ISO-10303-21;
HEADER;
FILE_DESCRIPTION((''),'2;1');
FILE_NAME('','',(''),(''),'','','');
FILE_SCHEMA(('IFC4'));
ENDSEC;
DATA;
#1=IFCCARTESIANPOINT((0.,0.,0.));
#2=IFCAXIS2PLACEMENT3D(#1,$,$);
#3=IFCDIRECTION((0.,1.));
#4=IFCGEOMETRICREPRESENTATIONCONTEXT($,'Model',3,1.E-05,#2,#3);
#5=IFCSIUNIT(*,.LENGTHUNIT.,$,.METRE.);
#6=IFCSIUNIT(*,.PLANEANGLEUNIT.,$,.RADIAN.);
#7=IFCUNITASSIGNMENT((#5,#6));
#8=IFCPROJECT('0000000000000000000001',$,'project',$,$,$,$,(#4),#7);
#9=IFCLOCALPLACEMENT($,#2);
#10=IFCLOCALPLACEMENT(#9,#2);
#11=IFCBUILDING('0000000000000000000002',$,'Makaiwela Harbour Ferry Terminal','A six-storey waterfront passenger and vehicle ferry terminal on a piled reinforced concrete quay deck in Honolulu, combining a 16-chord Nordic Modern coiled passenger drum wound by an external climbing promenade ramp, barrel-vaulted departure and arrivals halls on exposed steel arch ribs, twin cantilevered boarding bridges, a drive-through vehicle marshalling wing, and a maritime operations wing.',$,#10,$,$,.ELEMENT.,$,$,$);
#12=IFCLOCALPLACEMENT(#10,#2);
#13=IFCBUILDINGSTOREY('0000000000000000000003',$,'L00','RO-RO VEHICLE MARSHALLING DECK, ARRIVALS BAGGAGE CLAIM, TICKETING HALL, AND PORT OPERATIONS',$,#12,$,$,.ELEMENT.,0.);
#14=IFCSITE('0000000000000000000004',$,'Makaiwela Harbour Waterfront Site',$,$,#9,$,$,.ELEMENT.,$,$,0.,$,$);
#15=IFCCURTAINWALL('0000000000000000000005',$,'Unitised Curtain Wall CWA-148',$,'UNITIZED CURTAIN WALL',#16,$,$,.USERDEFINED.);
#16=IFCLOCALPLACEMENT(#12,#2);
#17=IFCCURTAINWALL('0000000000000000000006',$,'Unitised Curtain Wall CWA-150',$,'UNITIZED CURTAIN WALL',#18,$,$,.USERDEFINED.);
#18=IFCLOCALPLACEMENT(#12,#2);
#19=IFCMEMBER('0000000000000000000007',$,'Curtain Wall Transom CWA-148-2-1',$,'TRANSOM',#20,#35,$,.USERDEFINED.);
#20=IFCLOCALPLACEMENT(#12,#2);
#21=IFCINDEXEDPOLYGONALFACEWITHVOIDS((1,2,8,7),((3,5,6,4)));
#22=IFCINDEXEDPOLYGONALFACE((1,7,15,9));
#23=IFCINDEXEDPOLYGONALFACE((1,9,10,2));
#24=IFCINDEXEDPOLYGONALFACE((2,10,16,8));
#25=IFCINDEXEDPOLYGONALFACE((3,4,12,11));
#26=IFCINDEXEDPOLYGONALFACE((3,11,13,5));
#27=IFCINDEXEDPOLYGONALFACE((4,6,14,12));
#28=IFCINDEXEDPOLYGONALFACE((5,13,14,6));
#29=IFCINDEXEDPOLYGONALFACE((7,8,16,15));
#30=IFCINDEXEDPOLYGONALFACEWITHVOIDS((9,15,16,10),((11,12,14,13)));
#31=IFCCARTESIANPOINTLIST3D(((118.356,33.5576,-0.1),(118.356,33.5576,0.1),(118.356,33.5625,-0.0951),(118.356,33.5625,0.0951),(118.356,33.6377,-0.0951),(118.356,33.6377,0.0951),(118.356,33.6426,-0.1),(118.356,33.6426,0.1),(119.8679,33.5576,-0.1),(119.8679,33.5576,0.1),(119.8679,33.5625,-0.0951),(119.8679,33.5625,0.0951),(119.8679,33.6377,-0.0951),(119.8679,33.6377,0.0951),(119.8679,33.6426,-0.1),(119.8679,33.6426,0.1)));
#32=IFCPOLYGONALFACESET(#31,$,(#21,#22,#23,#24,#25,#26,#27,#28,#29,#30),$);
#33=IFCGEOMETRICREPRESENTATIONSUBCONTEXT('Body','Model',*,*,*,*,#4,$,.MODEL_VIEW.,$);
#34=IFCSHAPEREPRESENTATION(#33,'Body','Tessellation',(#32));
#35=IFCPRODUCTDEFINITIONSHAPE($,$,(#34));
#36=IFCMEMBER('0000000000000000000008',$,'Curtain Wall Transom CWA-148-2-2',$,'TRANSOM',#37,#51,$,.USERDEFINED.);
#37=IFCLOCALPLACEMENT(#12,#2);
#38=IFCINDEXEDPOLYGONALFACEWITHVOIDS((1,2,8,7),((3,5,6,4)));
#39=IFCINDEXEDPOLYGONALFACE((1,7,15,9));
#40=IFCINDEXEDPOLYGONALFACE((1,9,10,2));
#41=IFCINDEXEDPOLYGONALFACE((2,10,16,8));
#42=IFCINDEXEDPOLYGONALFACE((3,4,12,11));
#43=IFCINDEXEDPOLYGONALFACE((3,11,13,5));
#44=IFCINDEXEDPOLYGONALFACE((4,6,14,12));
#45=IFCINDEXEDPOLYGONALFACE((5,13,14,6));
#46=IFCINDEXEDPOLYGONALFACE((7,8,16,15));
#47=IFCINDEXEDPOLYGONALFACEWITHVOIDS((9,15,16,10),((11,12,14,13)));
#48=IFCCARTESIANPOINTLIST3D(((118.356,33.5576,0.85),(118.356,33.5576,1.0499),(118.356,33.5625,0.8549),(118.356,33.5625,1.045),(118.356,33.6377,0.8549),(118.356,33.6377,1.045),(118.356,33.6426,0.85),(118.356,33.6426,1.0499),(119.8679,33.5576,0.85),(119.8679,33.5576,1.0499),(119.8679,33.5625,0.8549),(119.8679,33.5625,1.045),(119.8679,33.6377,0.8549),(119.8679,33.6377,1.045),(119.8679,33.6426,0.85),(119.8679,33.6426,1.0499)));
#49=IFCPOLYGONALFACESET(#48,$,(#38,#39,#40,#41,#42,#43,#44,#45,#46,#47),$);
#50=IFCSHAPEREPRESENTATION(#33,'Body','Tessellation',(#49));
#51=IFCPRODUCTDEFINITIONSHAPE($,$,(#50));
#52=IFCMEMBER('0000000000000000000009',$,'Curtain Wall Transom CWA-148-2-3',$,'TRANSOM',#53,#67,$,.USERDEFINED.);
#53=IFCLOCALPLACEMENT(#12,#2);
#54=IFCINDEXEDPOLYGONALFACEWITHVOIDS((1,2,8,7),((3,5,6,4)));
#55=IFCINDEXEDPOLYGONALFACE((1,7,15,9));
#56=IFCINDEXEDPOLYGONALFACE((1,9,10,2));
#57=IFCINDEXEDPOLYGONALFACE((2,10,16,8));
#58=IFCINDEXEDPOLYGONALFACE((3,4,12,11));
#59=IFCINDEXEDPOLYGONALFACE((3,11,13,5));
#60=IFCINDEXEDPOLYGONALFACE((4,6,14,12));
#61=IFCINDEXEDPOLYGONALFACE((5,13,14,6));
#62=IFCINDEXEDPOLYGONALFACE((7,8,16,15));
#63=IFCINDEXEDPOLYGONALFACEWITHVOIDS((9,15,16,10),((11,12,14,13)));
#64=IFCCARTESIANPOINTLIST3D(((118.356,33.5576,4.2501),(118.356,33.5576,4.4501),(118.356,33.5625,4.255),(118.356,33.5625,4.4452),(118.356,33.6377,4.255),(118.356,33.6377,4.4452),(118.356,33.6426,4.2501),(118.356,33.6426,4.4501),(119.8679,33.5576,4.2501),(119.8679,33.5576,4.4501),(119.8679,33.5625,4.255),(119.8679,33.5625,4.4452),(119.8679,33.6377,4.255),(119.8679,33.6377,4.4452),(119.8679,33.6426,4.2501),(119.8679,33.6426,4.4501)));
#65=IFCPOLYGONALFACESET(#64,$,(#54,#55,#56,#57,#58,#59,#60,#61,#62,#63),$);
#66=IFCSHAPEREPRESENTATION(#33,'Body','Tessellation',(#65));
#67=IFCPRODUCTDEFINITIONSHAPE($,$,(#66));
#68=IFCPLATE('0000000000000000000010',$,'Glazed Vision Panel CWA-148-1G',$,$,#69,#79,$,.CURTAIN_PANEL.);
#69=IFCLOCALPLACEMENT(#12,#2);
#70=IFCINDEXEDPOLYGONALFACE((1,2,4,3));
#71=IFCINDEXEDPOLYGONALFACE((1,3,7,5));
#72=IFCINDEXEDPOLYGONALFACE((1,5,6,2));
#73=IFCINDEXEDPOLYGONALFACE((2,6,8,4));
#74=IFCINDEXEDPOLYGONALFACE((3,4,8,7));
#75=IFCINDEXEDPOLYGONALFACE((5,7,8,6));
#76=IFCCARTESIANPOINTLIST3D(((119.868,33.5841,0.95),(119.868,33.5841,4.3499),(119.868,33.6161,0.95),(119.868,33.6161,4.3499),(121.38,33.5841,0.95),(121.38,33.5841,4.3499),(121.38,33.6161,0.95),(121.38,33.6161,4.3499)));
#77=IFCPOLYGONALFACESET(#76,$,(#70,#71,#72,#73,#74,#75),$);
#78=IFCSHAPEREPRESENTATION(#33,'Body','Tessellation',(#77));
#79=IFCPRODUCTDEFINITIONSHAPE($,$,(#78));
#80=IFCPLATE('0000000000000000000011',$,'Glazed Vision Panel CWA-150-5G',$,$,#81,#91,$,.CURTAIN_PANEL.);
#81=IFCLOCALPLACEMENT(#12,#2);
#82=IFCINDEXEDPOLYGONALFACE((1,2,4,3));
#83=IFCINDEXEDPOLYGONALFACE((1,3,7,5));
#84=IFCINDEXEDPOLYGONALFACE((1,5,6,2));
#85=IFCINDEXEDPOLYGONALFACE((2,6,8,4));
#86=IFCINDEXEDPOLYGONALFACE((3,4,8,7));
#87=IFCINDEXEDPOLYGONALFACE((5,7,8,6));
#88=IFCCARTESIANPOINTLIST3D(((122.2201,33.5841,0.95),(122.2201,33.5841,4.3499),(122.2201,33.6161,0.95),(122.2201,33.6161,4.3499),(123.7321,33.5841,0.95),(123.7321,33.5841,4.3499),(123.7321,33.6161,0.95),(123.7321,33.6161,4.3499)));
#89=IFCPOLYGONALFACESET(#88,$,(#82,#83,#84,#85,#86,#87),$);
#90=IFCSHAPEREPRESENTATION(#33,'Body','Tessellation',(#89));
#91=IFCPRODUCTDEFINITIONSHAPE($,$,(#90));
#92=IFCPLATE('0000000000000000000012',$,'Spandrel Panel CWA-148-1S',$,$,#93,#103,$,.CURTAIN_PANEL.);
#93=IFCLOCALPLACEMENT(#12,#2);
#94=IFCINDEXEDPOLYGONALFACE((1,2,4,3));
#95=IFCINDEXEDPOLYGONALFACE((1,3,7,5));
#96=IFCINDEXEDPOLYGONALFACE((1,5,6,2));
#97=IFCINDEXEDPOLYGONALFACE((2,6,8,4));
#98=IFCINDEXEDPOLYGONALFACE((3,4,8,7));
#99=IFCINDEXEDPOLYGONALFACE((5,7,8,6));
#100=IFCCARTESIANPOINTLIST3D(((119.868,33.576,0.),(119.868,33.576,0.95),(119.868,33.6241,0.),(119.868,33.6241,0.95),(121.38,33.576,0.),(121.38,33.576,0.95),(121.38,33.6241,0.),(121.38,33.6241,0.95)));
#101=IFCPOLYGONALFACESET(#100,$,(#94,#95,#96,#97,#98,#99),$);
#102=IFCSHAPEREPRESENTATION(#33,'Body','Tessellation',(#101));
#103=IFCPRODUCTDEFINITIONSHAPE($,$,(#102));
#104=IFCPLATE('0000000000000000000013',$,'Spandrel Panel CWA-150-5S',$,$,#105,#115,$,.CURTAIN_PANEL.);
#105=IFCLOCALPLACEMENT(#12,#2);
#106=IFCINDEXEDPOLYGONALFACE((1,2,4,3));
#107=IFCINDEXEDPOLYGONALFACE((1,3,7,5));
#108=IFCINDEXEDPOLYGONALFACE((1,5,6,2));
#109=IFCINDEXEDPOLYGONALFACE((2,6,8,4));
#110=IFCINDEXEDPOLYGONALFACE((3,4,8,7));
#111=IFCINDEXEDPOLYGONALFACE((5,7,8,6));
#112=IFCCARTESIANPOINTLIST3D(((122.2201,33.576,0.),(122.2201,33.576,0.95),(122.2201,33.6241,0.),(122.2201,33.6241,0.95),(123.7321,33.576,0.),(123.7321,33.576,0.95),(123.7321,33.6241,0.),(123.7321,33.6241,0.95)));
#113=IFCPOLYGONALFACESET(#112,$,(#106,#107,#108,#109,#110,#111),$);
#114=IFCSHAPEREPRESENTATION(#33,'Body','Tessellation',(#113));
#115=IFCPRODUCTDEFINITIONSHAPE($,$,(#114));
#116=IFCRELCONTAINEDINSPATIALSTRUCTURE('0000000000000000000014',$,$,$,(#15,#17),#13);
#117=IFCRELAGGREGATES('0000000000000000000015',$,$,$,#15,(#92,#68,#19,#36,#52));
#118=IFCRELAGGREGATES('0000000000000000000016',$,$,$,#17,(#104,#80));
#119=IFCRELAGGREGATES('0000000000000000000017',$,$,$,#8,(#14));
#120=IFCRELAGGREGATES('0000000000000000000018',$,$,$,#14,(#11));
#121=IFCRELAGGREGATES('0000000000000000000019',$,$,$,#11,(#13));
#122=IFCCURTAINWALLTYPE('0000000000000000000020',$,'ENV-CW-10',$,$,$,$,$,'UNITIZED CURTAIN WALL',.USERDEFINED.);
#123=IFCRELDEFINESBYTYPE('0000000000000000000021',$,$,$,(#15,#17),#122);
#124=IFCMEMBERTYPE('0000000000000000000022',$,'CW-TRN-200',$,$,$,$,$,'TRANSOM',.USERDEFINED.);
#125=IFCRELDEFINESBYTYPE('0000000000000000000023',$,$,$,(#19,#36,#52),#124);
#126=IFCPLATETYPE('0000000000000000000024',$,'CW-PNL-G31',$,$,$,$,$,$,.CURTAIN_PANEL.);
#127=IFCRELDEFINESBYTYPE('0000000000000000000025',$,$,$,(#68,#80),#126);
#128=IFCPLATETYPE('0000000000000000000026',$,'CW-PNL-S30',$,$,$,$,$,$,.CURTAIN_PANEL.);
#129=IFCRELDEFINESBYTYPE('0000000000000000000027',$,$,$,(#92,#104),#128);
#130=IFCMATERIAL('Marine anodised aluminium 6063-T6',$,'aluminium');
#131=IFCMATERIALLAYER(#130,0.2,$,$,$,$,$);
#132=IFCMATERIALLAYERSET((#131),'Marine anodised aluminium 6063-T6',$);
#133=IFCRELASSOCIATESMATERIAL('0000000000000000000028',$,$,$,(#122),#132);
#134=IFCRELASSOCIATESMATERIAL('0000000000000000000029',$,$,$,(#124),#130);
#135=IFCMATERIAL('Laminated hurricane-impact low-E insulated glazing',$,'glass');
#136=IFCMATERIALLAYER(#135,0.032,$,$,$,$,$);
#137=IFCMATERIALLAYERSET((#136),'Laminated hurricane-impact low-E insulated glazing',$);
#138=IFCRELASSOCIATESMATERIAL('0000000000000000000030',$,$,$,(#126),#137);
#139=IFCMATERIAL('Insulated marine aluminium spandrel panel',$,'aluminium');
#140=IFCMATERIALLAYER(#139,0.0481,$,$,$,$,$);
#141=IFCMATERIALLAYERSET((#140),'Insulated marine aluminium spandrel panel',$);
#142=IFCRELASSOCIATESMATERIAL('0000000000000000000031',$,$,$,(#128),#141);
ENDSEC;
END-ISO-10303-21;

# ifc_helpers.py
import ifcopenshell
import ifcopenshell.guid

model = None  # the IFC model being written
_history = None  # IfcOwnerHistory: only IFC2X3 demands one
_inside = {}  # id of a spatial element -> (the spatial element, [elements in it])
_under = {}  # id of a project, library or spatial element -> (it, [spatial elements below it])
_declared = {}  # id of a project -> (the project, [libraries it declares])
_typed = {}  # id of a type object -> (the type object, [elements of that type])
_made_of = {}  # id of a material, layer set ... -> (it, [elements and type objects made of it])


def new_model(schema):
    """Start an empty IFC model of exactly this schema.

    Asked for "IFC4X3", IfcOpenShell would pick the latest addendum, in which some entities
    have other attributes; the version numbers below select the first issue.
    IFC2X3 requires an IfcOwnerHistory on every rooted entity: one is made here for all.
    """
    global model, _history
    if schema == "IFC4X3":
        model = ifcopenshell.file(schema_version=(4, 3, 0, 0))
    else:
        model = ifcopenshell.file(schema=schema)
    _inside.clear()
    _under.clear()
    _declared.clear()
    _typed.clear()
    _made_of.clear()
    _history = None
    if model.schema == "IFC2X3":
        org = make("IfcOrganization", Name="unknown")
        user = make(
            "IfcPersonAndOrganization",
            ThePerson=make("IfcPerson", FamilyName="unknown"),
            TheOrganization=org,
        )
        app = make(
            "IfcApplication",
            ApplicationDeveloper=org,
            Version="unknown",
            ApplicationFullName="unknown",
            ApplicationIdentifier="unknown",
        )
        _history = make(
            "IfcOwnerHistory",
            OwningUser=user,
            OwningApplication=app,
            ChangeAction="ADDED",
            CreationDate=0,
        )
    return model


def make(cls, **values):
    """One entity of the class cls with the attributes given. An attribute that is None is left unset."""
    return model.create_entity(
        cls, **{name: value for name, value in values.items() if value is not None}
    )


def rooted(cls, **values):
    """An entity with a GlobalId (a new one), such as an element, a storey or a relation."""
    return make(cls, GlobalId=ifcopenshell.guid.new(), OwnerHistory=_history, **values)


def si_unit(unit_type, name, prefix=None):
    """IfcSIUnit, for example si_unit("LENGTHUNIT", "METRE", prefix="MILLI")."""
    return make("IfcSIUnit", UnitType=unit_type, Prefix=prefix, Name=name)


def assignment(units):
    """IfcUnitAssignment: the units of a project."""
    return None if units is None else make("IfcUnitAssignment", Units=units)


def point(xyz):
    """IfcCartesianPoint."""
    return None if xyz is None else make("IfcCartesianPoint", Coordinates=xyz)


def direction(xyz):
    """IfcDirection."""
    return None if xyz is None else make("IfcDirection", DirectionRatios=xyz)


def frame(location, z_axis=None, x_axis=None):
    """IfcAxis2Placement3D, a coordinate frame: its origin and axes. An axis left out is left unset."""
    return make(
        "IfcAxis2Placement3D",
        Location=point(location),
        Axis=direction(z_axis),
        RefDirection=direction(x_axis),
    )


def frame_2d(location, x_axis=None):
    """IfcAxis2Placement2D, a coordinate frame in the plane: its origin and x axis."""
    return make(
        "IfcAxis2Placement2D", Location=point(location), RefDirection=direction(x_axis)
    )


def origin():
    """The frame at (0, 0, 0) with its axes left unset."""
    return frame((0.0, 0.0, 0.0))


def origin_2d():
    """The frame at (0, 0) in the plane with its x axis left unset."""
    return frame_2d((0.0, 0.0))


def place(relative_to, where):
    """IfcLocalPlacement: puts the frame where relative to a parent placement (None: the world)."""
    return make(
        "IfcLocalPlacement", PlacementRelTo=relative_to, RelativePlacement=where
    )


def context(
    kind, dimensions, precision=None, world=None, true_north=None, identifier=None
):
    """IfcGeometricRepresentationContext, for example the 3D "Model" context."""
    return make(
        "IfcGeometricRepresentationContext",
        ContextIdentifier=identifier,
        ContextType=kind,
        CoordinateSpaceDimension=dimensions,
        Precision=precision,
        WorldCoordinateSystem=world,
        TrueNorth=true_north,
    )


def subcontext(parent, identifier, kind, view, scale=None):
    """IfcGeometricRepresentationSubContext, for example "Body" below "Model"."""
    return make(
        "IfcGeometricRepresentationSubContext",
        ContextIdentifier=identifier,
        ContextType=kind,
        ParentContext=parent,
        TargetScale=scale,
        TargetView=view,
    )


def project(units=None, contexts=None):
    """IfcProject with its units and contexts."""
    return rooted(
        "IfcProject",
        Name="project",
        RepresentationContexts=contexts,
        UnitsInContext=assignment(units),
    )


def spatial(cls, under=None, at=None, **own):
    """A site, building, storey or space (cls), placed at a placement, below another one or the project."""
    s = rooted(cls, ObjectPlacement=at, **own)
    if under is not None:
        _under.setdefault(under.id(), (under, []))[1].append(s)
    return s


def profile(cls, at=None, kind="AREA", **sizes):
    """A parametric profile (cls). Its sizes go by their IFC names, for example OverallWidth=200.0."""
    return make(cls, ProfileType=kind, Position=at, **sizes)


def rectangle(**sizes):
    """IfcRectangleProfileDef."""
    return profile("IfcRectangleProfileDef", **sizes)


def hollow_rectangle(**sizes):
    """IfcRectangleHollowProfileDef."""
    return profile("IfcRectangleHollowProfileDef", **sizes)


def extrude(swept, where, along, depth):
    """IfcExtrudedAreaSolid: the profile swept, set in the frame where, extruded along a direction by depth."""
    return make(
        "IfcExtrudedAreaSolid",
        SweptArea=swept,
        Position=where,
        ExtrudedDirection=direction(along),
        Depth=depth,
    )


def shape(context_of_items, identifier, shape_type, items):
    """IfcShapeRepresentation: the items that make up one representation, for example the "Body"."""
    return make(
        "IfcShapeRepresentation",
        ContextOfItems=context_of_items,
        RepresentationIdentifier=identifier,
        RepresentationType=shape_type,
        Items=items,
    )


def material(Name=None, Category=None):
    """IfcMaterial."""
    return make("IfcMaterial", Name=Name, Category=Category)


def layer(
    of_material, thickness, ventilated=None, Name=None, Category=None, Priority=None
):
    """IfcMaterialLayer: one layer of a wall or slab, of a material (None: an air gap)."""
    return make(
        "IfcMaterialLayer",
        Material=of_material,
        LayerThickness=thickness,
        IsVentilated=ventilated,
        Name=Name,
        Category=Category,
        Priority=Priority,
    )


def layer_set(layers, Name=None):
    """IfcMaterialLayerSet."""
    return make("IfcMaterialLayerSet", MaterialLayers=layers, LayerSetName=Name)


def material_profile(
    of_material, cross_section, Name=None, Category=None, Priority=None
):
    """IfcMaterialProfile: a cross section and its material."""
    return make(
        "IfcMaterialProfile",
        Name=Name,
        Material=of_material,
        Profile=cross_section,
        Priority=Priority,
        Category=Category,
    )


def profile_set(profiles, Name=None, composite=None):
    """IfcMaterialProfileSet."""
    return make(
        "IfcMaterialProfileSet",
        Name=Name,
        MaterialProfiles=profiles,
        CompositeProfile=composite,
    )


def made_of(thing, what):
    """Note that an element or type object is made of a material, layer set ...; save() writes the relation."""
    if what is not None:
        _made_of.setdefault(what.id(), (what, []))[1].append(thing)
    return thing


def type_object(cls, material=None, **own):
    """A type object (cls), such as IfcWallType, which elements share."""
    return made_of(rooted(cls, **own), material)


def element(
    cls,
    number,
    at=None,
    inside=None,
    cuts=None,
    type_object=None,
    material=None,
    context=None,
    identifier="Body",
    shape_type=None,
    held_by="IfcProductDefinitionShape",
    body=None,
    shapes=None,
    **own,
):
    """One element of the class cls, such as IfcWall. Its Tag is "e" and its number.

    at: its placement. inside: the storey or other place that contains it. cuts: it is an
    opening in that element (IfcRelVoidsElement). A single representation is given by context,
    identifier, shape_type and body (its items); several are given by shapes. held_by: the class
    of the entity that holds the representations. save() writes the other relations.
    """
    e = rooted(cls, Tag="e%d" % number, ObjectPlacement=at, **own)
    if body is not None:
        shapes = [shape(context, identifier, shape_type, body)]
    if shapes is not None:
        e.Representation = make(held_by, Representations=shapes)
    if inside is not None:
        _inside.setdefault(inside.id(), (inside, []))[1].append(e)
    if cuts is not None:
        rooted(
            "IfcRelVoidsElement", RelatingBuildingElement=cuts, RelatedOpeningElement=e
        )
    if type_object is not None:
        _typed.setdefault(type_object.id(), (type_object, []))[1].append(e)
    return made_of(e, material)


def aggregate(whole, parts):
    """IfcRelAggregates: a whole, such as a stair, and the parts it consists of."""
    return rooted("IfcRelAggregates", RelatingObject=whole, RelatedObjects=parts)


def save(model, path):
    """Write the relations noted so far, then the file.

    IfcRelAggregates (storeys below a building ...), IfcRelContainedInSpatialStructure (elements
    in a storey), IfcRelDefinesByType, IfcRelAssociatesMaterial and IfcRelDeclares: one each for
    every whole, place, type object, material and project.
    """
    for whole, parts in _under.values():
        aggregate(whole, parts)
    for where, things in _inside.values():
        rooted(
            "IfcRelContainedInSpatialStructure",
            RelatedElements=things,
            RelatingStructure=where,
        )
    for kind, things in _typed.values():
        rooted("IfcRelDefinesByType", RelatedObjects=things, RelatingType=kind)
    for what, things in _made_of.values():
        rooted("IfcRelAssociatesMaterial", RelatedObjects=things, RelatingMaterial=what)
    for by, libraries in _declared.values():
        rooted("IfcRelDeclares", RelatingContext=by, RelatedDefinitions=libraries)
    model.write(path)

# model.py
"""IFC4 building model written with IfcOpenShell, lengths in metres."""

from ifc_helpers import new_model, si_unit, direction, frame, origin, origin_2d, place, context, subcontext, project, spatial, rectangle, hollow_rectangle, extrude, material, layer, layer_set, material_profile, profile_set, type_object, element, aggregate, save


model = new_model("IFC4")

# Units and contexts
model_context = context("Model", 3, precision=1e-05, world=origin(), true_north=direction((0.0, 1.0)))
body_context = subcontext(model_context, "Body", "Model", "MODEL_VIEW")
ifc_project = project(units=[si_unit("LENGTHUNIT", "METRE"), si_unit("PLANEANGLEUNIT", "RADIAN")], contexts=[model_context])

# Site, building, storey
site_placement = place(None, origin())
site = spatial("IfcSite", under=ifc_project, at=site_placement, Name="Makaiwela Harbour Waterfront Site", CompositionType="ELEMENT", RefElevation=0.0)
building_placement = place(site_placement, origin())
building = spatial("IfcBuilding", under=site, at=building_placement, Name="Makaiwela Harbour Ferry Terminal", Description="A six-storey waterfront passenger and vehicle ferry terminal on a piled reinforced concrete quay deck in Honolulu, combining a 16-chord Nordic Modern coiled passenger drum wound by an external climbing promenade ramp, barrel-vaulted departure and arrivals halls on exposed steel arch ribs, twin cantilevered boarding bridges, a drive-through vehicle marshalling wing, and a maritime operations wing.", CompositionType="ELEMENT")
storey_placement = place(building_placement, origin())
storey = spatial("IfcBuildingStorey", under=building, at=storey_placement, Name="L00", Description="RO-RO VEHICLE MARSHALLING DECK, ARRIVALS BAGGAGE CLAIM, TICKETING HALL, AND PORT OPERATIONS", CompositionType="ELEMENT", Elevation=0.0)

# Curtain wall
ifc_material_1 = material(Name="Marine anodised aluminium 6063-T6", Category="aluminium")
ifc_layer_1 = layer(ifc_material_1, 0.2)
ifc_layer_set_1 = layer_set([ifc_layer_1], Name="Marine anodised aluminium 6063-T6")
curtain_wall_type = type_object("IfcCurtainWallType", Name="ENV-CW-10", ElementType="UNITIZED CURTAIN WALL", PredefinedType="USERDEFINED", material=ifc_layer_set_1)
curtain_wall_1_placement = place(storey_placement, origin())
curtain_wall_1 = element("IfcCurtainWall", 1, at=curtain_wall_1_placement, inside=storey, type_object=curtain_wall_type, Name="Unitised Curtain Wall CWA-148", ObjectType="UNITIZED CURTAIN WALL", PredefinedType="USERDEFINED")

# Curtain wall
curtain_wall_2_placement = place(storey_placement, origin())
curtain_wall_2 = element("IfcCurtainWall", 2, at=curtain_wall_2_placement, inside=storey, type_object=curtain_wall_type, Name="Unitised Curtain Wall CWA-150", ObjectType="UNITIZED CURTAIN WALL", PredefinedType="USERDEFINED")

# Members
ifc_material_profile_1 = material_profile(ifc_material_1, hollow_rectangle(XDim=0.085, YDim=0.2, WallThickness=0.0049, at=origin_2d()), Name="CWT-200X85")
ifc_profile_set_1 = profile_set([ifc_material_profile_1], Name="Marine anodised aluminium 6063-T6")
member_type_1 = type_object("IfcMemberType", Name="CW-TRN-200", ElementType="TRANSOM", PredefinedType="USERDEFINED", material=ifc_profile_set_1)
member_1_placement = place(storey_placement, frame((119.8679, 33.6001, 0.0), z_axis=(-1.0, 0.0, 0.0), x_axis=(0.0, -1.0, 0.0)))
member_1 = element("IfcMember", 3, at=member_1_placement, type_object=member_type_1, Name="Curtain Wall Transom CWA-148-2-1", ObjectType="TRANSOM", PredefinedType="USERDEFINED", context=body_context, shape_type="SweptSolid", body=[
    extrude(hollow_rectangle(XDim=0.085, YDim=0.2, WallThickness=0.0049, at=origin_2d()), origin(), (0.0, 0.0, 1.0), 1.512),
])
member_2_placement = place(storey_placement, frame((119.8679, 33.6001, 0.95), z_axis=(-1.0, 0.0, 0.0), x_axis=(0.0, -1.0, 0.0)))
member_2 = element("IfcMember", 4, at=member_2_placement, type_object=member_type_1, Name="Curtain Wall Transom CWA-148-2-2", ObjectType="TRANSOM", PredefinedType="USERDEFINED", context=body_context, shape_type="SweptSolid", body=[
    extrude(hollow_rectangle(XDim=0.085, YDim=0.2, WallThickness=0.0049, at=origin_2d()), origin(), (0.0, 0.0, 1.0), 1.512),
])
member_3_placement = place(storey_placement, frame((119.8679, 33.6001, 4.3501), z_axis=(-1.0, 0.0, 0.0), x_axis=(0.0, -1.0, 0.0)))
member_3 = element("IfcMember", 5, at=member_3_placement, type_object=member_type_1, Name="Curtain Wall Transom CWA-148-2-3", ObjectType="TRANSOM", PredefinedType="USERDEFINED", context=body_context, shape_type="SweptSolid", body=[
    extrude(hollow_rectangle(XDim=0.085, YDim=0.2, WallThickness=0.0049, at=origin_2d()), origin(), (0.0, 0.0, 1.0), 1.512),
])

# Plates
ifc_material_2 = material(Name="Laminated hurricane-impact low-E insulated glazing", Category="glass")
ifc_layer_2 = layer(ifc_material_2, 0.032)
ifc_layer_set_2 = layer_set([ifc_layer_2], Name="Laminated hurricane-impact low-E insulated glazing")
plate_type_1 = type_object("IfcPlateType", Name="CW-PNL-G31", PredefinedType="CURTAIN_PANEL", material=ifc_layer_set_2)
plate_1_placement = place(storey_placement, frame((120.624, 33.6001, 0.95), z_axis=(0.0, 0.0, 1.0), x_axis=(-1.0, 0.0, 0.0)))
plate_1 = element("IfcPlate", 6, at=plate_1_placement, type_object=plate_type_1, Name="Glazed Vision Panel CWA-148-1G", PredefinedType="CURTAIN_PANEL", context=body_context, shape_type="SweptSolid", body=[
    extrude(rectangle(XDim=1.512, YDim=0.032, at=origin_2d()), origin(), (0.0, 0.0, 1.0), 3.3999),
])
plate_2_placement = place(storey_placement, frame((122.9761, 33.6001, 0.95), z_axis=(0.0, 0.0, 1.0), x_axis=(-1.0, 0.0, 0.0)))
plate_2 = element("IfcPlate", 7, at=plate_2_placement, type_object=plate_type_1, Name="Glazed Vision Panel CWA-150-5G", PredefinedType="CURTAIN_PANEL", context=body_context, shape_type="SweptSolid", body=[
    extrude(rectangle(XDim=1.512, YDim=0.032, at=origin_2d()), origin(), (0.0, 0.0, 1.0), 3.3999),
])
ifc_material_3 = material(Name="Insulated marine aluminium spandrel panel", Category="aluminium")
ifc_layer_3 = layer(ifc_material_3, 0.0481)
ifc_layer_set_3 = layer_set([ifc_layer_3], Name="Insulated marine aluminium spandrel panel")
plate_type_2 = type_object("IfcPlateType", Name="CW-PNL-S30", PredefinedType="CURTAIN_PANEL", material=ifc_layer_set_3)
plate_3_placement = place(storey_placement, frame((120.624, 33.6001, 0.0), z_axis=(0.0, 0.0, 1.0), x_axis=(-1.0, 0.0, 0.0)))
plate_3 = element("IfcPlate", 8, at=plate_3_placement, type_object=plate_type_2, Name="Spandrel Panel CWA-148-1S", PredefinedType="CURTAIN_PANEL", context=body_context, shape_type="SweptSolid", body=[
    extrude(rectangle(XDim=1.512, YDim=0.0481, at=origin_2d()), origin(), (0.0, 0.0, 1.0), 0.95),
])
aggregate(curtain_wall_1, [plate_3, plate_1, member_1, member_2, member_3])
plate_4_placement = place(storey_placement, frame((122.9761, 33.6001, 0.0), z_axis=(0.0, 0.0, 1.0), x_axis=(-1.0, 0.0, 0.0)))
plate_4 = element("IfcPlate", 9, at=plate_4_placement, type_object=plate_type_2, Name="Spandrel Panel CWA-150-5S", PredefinedType="CURTAIN_PANEL", context=body_context, shape_type="SweptSolid", body=[
    extrude(rectangle(XDim=1.512, YDim=0.0481, at=origin_2d()), origin(), (0.0, 0.0, 1.0), 0.95),
])
aggregate(curtain_wall_2, [plate_4, plate_2])

save(model, "model.ifc")
